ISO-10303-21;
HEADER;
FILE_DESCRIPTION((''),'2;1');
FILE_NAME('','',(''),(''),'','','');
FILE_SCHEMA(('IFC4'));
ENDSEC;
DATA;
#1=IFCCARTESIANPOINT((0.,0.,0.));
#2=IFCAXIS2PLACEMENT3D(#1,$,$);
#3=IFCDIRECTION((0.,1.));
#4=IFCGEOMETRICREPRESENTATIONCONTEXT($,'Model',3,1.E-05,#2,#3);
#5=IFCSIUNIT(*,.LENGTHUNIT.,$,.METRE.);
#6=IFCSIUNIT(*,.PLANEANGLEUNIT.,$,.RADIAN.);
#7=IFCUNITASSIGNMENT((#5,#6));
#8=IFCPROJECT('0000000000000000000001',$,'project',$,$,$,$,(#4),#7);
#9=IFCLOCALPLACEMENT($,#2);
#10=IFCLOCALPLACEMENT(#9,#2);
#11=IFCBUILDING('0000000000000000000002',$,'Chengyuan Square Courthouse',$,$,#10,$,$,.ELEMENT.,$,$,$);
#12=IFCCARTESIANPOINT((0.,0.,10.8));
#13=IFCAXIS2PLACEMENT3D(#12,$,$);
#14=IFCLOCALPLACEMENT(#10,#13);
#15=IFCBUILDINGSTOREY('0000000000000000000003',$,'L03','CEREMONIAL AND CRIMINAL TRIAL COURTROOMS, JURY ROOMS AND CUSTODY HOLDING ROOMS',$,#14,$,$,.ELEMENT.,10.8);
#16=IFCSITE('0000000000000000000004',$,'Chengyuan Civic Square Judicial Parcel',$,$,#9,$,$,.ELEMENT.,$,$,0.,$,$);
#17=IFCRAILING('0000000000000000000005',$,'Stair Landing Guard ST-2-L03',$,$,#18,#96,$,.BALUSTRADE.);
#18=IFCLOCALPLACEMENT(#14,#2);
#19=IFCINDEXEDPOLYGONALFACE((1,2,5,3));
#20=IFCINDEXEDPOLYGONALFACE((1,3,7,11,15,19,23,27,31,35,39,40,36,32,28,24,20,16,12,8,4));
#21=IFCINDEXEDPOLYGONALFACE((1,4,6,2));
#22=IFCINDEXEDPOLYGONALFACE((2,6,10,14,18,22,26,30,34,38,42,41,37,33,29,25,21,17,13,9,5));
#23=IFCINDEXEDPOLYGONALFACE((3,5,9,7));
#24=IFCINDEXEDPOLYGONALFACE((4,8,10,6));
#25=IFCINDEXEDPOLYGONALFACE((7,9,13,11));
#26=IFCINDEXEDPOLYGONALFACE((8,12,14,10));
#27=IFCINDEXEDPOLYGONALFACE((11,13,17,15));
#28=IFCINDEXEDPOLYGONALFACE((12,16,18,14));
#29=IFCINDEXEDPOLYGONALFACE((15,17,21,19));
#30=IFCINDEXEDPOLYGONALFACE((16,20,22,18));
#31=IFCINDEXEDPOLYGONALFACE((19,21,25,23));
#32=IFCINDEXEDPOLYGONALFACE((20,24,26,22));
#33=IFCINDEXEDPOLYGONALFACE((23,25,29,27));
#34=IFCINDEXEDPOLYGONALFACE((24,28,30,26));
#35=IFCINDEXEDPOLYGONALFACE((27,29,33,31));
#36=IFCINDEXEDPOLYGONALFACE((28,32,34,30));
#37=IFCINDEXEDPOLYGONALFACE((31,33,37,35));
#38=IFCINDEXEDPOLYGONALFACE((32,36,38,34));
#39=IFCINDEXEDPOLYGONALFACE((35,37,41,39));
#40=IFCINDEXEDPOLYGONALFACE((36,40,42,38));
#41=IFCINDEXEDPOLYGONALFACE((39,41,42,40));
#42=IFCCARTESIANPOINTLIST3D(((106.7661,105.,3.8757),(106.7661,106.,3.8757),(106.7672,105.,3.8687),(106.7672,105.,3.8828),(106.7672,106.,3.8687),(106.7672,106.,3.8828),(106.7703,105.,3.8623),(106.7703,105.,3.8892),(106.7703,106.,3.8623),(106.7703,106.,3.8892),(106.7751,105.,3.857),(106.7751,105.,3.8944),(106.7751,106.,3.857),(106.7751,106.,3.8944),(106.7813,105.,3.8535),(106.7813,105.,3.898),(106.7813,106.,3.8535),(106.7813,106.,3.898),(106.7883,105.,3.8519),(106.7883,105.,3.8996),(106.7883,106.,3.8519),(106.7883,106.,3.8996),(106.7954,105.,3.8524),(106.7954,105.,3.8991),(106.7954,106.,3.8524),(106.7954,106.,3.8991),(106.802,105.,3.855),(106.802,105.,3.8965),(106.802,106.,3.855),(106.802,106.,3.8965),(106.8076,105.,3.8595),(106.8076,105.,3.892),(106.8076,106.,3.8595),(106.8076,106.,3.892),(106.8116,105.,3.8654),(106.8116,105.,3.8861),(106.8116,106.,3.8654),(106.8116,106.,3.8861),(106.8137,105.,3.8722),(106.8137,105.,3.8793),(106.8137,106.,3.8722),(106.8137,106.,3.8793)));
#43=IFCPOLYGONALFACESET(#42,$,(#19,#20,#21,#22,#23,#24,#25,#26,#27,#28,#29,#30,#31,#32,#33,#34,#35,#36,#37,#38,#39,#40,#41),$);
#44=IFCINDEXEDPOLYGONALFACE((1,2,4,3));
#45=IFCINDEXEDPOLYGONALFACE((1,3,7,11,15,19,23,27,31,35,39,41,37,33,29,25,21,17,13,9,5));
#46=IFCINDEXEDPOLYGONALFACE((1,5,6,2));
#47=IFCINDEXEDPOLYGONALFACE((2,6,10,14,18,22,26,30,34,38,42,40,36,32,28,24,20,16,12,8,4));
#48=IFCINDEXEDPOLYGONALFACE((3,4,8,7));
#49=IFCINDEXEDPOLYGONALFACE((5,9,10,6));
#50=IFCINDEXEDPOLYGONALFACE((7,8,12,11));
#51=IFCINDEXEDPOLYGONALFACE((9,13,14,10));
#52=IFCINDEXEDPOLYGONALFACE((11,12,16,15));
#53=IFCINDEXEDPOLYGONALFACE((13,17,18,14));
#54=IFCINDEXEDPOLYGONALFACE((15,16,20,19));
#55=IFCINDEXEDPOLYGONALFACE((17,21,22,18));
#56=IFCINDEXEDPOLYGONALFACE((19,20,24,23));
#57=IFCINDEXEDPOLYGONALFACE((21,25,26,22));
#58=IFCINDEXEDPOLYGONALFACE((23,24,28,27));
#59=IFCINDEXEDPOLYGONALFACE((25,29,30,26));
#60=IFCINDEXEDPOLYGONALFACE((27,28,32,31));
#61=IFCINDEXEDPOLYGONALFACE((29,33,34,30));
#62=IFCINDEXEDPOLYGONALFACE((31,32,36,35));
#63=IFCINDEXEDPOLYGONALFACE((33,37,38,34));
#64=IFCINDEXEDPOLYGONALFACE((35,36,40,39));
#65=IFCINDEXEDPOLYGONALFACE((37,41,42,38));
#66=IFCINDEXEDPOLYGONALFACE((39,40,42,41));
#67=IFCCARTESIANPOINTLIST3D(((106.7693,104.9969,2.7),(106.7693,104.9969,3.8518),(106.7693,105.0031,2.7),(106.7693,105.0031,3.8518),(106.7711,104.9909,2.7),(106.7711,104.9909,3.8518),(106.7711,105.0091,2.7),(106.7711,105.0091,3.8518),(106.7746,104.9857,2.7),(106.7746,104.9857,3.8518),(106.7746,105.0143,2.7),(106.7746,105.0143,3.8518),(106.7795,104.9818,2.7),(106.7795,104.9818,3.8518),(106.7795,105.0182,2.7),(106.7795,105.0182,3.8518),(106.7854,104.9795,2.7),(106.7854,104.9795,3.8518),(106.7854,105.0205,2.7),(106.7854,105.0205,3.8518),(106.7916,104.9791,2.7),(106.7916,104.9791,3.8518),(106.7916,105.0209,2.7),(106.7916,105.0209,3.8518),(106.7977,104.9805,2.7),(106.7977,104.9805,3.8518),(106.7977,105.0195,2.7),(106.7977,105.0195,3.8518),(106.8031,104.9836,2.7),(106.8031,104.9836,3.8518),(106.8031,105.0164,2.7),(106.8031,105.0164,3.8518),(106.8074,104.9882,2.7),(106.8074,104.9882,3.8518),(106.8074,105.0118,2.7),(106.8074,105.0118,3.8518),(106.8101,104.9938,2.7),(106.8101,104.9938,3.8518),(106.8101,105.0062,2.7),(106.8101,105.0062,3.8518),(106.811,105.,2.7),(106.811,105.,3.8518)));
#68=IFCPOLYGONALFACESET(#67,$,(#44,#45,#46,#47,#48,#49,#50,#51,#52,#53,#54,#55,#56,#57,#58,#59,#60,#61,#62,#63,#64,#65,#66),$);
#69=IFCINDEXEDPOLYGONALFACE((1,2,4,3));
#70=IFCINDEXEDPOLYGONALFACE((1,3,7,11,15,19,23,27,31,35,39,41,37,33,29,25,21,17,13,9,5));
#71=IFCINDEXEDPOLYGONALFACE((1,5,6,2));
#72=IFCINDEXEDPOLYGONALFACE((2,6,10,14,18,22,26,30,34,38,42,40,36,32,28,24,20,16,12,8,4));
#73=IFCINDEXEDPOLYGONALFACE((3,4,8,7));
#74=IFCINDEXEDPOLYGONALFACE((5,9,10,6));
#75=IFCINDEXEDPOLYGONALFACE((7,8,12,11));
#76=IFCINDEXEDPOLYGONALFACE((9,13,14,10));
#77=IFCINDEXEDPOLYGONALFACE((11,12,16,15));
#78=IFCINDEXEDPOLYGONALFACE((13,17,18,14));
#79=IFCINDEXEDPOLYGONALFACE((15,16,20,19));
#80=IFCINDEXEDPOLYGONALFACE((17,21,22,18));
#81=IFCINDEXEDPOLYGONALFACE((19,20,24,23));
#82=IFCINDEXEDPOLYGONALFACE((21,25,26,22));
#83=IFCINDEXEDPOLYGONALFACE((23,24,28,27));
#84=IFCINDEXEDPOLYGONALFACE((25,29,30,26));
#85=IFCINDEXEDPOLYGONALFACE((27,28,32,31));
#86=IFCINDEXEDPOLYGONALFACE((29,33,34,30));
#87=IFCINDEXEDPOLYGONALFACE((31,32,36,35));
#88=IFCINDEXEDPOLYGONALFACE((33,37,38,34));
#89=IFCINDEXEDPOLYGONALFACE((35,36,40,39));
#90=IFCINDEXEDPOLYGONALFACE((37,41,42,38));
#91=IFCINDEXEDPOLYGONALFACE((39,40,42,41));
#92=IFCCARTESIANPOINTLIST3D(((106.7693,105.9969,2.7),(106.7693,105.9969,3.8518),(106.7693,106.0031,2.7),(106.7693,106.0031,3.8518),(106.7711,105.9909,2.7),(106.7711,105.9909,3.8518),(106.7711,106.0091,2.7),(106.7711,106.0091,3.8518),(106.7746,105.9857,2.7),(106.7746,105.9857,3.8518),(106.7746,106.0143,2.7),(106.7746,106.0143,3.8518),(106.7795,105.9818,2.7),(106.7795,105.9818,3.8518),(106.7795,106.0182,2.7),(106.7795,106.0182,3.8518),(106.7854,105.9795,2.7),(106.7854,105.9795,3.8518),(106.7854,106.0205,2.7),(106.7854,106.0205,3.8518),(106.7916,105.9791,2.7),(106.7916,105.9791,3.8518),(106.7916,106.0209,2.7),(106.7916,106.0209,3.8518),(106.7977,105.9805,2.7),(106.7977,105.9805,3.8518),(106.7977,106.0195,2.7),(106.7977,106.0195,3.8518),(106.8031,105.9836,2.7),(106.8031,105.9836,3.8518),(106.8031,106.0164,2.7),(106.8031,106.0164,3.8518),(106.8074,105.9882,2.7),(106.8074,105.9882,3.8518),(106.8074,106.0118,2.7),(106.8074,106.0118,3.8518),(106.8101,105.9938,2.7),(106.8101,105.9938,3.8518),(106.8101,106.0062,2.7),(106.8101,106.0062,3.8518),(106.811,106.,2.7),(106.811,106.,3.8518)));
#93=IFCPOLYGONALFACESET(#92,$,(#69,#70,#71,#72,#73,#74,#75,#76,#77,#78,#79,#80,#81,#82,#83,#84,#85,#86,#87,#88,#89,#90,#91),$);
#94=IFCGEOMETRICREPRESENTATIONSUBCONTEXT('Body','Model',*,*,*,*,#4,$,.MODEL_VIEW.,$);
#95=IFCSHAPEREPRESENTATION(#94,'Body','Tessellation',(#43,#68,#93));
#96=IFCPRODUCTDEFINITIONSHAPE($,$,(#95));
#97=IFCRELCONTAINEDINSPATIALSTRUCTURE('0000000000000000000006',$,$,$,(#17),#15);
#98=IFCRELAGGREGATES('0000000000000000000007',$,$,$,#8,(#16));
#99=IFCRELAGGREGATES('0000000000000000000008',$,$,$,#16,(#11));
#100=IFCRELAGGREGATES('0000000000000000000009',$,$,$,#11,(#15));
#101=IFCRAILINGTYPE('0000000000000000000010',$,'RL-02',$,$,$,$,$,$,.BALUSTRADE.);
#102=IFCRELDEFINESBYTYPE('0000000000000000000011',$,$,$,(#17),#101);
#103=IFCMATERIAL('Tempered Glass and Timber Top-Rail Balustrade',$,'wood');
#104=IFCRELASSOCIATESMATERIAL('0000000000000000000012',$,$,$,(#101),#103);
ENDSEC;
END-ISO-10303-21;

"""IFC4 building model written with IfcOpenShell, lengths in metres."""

from ifc_helpers import new_model, si_unit, direction, frame, origin, origin_2d, place, context, subcontext, project, spatial, circle, extrude, material, type_object, element, save


model = new_model("IFC4")

# Units and contexts
model_context = context("Model", 3, precision=1e-05, world=origin(), true_north=direction((0.0, 1.0)))
body_context = subcontext(model_context, "Body", "Model", "MODEL_VIEW")
ifc_project = project(units=[si_unit("LENGTHUNIT", "METRE"), si_unit("PLANEANGLEUNIT", "RADIAN")], contexts=[model_context])

# Site, building, storey
site_placement = place(None, origin())
site = spatial("IfcSite", under=ifc_project, at=site_placement, Name="Chengyuan Civic Square Judicial Parcel", CompositionType="ELEMENT", RefElevation=0.0)
building_placement = place(site_placement, origin())
building = spatial("IfcBuilding", under=site, at=building_placement, Name="Chengyuan Square Courthouse", CompositionType="ELEMENT")
storey_placement = place(building_placement, frame((0.0, 0.0, 10.8)))
storey = spatial("IfcBuildingStorey", under=building, at=storey_placement, Name="L03", Description="CEREMONIAL AND CRIMINAL TRIAL COURTROOMS, JURY ROOMS AND CUSTODY HOLDING ROOMS", CompositionType="ELEMENT", Elevation=10.8)

# Railing
ifc_material_1 = material(Name="Tempered Glass and Timber Top-Rail Balustrade", Category="wood")
railing_type_1 = type_object("IfcRailingType", Name="RL-02", PredefinedType="BALUSTRADE", material=ifc_material_1)
for number, where, name in (
    (1, (106.79, 105.0, 2.7), "Stair Landing Guard ST-2-L03"),
):
    element("IfcRailing", number, at=place(storey_placement, frame(where)), inside=storey, type_object=railing_type_1, Name=name, PredefinedType="BALUSTRADE", context=body_context, shape_type="SweptSolid", body=[
        extrude(circle(Radius=0.0239, at=origin_2d()), frame((0.0, 0.0, 1.1758), z_axis=(0.0, 1.0, 0.0), x_axis=(-1.0, 0.0, 0.0)), (0.0, 0.0, 1.0), 1.0),
        extrude(circle(Radius=0.021, at=origin_2d()), origin(), (0.0, 0.0, 1.0), 1.1519),
        extrude(circle(Radius=0.021, at=origin_2d()), frame((0.0, 1.0, 0.0)), (0.0, 0.0, 1.0), 1.1519),
    ])

save(model, "model.ifc")
